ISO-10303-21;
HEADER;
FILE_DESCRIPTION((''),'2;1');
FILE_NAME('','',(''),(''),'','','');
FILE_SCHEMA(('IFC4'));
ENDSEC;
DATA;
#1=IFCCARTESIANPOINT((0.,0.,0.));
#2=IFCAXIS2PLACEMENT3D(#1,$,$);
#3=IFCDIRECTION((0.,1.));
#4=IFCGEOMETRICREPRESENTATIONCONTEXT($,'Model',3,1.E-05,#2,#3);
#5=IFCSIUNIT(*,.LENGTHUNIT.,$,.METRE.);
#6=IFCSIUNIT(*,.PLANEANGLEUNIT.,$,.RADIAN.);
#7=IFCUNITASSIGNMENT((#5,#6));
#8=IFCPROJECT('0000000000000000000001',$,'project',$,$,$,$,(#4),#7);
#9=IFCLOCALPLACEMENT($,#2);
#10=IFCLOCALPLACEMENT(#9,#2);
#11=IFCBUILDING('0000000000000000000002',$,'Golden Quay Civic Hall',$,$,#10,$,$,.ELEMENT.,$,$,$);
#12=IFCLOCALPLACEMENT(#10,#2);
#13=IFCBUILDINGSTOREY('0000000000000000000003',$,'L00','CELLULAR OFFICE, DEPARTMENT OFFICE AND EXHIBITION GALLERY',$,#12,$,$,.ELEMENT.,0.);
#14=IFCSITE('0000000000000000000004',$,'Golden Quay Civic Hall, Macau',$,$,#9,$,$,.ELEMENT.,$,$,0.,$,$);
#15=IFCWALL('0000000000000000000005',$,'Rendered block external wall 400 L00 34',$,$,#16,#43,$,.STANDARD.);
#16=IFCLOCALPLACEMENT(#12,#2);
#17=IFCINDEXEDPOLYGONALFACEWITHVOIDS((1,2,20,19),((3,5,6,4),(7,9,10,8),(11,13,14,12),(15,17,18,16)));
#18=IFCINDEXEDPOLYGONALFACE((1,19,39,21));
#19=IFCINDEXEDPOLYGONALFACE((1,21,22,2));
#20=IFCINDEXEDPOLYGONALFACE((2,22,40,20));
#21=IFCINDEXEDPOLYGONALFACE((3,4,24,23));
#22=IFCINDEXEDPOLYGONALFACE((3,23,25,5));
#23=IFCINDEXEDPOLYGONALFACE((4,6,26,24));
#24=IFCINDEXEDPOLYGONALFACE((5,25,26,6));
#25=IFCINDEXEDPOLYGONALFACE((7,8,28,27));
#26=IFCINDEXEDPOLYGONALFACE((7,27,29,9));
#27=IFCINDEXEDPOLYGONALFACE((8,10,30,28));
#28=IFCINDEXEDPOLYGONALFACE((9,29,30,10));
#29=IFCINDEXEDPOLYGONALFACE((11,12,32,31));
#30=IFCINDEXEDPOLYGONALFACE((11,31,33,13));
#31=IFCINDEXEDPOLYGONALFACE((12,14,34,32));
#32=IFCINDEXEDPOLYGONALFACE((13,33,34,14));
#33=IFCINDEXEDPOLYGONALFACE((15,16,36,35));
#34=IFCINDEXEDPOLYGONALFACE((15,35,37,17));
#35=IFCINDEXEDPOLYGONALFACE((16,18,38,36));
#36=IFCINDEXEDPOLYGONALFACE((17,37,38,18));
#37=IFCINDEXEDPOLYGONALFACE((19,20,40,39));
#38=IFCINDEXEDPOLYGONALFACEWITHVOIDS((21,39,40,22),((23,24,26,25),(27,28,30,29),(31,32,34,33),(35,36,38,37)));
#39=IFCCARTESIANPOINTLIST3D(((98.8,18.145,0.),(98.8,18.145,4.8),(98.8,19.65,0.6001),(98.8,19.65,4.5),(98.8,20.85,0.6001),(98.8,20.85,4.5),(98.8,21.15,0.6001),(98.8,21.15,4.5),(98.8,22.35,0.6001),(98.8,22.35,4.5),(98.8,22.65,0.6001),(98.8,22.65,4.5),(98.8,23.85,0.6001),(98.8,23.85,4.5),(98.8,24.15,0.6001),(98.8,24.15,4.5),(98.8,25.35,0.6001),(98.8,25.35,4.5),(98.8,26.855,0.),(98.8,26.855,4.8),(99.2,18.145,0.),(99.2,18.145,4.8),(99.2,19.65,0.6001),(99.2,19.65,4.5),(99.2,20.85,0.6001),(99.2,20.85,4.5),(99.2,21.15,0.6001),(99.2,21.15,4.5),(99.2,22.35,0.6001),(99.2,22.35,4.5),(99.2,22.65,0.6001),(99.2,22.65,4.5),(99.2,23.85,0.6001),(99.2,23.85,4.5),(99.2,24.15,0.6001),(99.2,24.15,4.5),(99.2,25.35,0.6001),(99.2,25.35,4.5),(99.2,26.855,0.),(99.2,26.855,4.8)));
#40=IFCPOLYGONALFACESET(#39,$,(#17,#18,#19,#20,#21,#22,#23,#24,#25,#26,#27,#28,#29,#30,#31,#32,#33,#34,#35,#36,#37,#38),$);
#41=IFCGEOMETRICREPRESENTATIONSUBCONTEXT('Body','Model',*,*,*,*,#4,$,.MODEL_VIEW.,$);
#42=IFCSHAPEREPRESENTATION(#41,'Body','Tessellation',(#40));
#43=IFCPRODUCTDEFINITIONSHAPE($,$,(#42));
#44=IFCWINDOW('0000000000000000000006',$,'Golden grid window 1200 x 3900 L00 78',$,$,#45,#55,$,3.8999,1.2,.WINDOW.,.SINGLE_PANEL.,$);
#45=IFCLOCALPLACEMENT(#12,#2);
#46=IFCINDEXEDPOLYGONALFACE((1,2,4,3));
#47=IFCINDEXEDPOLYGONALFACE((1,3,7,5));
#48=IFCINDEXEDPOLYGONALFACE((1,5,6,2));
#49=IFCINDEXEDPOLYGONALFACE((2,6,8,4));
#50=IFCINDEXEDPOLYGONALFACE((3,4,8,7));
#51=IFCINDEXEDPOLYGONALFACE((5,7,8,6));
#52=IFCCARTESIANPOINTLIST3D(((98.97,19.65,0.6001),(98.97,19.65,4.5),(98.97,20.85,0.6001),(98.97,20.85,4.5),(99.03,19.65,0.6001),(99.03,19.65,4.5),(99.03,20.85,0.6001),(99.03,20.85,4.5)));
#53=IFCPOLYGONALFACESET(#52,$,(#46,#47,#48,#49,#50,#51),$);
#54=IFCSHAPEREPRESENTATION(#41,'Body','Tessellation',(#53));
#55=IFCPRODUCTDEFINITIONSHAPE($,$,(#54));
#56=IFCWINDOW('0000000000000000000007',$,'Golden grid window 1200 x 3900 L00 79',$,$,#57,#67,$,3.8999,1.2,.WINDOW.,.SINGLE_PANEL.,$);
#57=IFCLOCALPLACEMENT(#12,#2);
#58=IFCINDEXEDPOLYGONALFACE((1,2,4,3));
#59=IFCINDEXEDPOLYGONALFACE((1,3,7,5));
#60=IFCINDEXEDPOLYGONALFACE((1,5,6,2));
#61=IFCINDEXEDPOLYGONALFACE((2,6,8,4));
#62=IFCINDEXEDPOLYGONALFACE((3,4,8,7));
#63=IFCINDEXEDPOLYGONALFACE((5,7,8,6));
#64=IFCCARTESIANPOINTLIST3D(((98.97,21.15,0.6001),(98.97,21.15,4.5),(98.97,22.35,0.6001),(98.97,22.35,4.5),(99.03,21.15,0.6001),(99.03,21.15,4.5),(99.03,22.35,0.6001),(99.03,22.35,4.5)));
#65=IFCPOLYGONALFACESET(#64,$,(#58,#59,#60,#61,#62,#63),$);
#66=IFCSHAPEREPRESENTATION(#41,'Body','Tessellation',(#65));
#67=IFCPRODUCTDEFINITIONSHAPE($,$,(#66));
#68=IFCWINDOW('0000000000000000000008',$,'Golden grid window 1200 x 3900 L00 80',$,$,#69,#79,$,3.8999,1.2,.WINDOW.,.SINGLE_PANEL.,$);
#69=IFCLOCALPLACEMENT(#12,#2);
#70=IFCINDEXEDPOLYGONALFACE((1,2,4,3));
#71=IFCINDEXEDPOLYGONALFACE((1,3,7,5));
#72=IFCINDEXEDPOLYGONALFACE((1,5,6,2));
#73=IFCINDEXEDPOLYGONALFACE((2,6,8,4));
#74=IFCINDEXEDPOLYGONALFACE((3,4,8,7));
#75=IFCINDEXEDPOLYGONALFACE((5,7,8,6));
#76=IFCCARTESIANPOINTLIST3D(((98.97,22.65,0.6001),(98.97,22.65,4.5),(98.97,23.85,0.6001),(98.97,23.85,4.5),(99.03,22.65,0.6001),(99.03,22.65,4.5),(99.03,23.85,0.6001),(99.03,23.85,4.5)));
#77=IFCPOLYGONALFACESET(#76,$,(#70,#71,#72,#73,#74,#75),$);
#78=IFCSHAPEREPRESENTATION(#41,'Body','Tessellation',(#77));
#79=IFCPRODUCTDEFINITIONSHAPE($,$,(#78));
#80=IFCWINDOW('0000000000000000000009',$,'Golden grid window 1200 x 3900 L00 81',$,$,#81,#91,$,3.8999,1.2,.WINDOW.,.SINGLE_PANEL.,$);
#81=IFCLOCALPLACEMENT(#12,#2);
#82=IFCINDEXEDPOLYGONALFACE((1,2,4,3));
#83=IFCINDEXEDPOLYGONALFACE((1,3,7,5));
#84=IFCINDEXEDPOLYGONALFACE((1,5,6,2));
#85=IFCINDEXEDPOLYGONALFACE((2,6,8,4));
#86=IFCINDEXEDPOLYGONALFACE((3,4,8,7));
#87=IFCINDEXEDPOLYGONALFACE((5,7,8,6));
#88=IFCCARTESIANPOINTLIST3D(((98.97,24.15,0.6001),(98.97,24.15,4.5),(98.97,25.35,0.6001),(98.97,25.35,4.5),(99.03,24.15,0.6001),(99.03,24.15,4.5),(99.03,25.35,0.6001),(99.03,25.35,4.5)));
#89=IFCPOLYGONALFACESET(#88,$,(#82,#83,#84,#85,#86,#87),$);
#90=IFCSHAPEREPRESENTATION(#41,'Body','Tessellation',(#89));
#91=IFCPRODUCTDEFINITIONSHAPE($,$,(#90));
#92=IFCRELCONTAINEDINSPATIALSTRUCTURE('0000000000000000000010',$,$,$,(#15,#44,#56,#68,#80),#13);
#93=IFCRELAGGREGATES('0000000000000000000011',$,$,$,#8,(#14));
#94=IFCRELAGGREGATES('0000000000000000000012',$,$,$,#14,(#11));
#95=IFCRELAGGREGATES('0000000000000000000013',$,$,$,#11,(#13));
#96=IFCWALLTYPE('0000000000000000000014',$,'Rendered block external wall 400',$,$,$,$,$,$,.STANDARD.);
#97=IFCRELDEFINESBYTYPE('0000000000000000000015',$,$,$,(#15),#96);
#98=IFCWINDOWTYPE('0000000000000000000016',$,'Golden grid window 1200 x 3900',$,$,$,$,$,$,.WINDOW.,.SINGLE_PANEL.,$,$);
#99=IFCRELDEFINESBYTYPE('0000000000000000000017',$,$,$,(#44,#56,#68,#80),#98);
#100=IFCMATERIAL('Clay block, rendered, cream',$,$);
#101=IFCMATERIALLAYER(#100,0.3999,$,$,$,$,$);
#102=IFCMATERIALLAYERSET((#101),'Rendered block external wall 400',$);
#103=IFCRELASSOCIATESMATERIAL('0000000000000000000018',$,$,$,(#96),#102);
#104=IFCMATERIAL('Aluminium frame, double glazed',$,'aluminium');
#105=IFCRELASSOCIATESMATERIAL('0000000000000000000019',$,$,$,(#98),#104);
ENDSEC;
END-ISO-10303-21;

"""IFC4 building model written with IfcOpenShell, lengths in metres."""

from ifc_helpers import new_model, si_unit, direction, frame, frame_2d, origin, place, context, subcontext, project, spatial, rectangle, extrude, material, layer, layer_set, type_object, element, fill, save


model = new_model("IFC4")

# Units and contexts
model_context = context("Model", 3, precision=1e-05, world=origin(), true_north=direction((0.0, 1.0)))
body_context = subcontext(model_context, "Body", "Model", "MODEL_VIEW")
ifc_project = project(units=[si_unit("LENGTHUNIT", "METRE"), si_unit("PLANEANGLEUNIT", "RADIAN")], contexts=[model_context])

# Site, building, storey
site_placement = place(None, origin())
site = spatial("IfcSite", under=ifc_project, at=site_placement, Name="Golden Quay Civic Hall, Macau", CompositionType="ELEMENT", RefElevation=0.0)
building_placement = place(site_placement, origin())
building = spatial("IfcBuilding", under=site, at=building_placement, Name="Golden Quay Civic Hall", CompositionType="ELEMENT")
storey_placement = place(building_placement, origin())
storey = spatial("IfcBuildingStorey", under=building, at=storey_placement, Name="L00", Description="CELLULAR OFFICE, DEPARTMENT OFFICE AND EXHIBITION GALLERY", CompositionType="ELEMENT", Elevation=0.0)

# Wall, openings, windows
ifc_material_1 = material(Name="Clay block, rendered, cream")
ifc_layer_1 = layer(ifc_material_1, 0.3999)
ifc_layer_set_1 = layer_set([ifc_layer_1], Name="Rendered block external wall 400")
wall_type_1 = type_object("IfcWallType", Name="Rendered block external wall 400", PredefinedType="STANDARD", material=ifc_layer_set_1)
ifc_material_2 = material(Name="Aluminium frame, double glazed", Category="aluminium")
window_type = type_object("IfcWindowType", Name="Golden grid window 1200 x 3900", PartitioningType="SINGLE_PANEL", PredefinedType="WINDOW", material=ifc_material_2)
wall_1_placement = place(storey_placement, frame((99.0, 18.145, 0.0), z_axis=(0.0, 0.0, 1.0), x_axis=(0.0, 1.0, 0.0)))
wall_1 = element("IfcWall", 1, at=wall_1_placement, inside=storey, type_object=wall_type_1, Name="Rendered block external wall 400 L00 34", PredefinedType="STANDARD", context=body_context, shape_type="SweptSolid", body=[
    extrude(rectangle(XDim=8.71, YDim=0.3999, at=frame_2d((4.355, 0.0))), origin(), (0.0, 0.0, 1.0), 4.8),
])
opening_1_placement = place(wall_1_placement, frame((1.5049, 0.0, 0.6001)))
opening_1 = element("IfcOpeningElement", 2, at=opening_1_placement, cuts=wall_1, PredefinedType="OPENING", context=body_context, shape_type="SweptSolid", body=[
    extrude(rectangle(XDim=1.2, YDim=3.8999, at=frame_2d((0.6001, 1.95))), frame((0.0, 0.21, 0.0), z_axis=(0.0, -1.0, 0.0), x_axis=(1.0, 0.0, 0.0)), (0.0, 0.0, 1.0), 0.4199),
])
opening_2_placement = place(wall_1_placement, frame((3.0049, 0.0, 0.6001)))
opening_2 = element("IfcOpeningElement", 3, at=opening_2_placement, cuts=wall_1, PredefinedType="OPENING", context=body_context, shape_type="SweptSolid", body=[
    extrude(rectangle(XDim=1.2, YDim=3.8999, at=frame_2d((0.6001, 1.95))), frame((0.0, 0.21, 0.0), z_axis=(0.0, -1.0, 0.0), x_axis=(1.0, 0.0, 0.0)), (0.0, 0.0, 1.0), 0.4199),
])
opening_3_placement = place(wall_1_placement, frame((4.5049, 0.0, 0.6001)))
opening_3 = element("IfcOpeningElement", 4, at=opening_3_placement, cuts=wall_1, PredefinedType="OPENING", context=body_context, shape_type="SweptSolid", body=[
    extrude(rectangle(XDim=1.2, YDim=3.8999, at=frame_2d((0.6001, 1.95))), frame((0.0, 0.21, 0.0), z_axis=(0.0, -1.0, 0.0), x_axis=(1.0, 0.0, 0.0)), (0.0, 0.0, 1.0), 0.4199),
])
opening_4_placement = place(wall_1_placement, frame((6.0049, 0.0, 0.6001)))
opening_4 = element("IfcOpeningElement", 5, at=opening_4_placement, cuts=wall_1, PredefinedType="OPENING", context=body_context, shape_type="SweptSolid", body=[
    extrude(rectangle(XDim=1.2, YDim=3.8999, at=frame_2d((0.6001, 1.95))), frame((0.0, 0.21, 0.0), z_axis=(0.0, -1.0, 0.0), x_axis=(1.0, 0.0, 0.0)), (0.0, 0.0, 1.0), 0.4199),
])
window_1_placement = place(opening_1_placement, origin())
window_1 = element("IfcWindow", 6, at=window_1_placement, inside=storey, type_object=window_type, Name="Golden grid window 1200 x 3900 L00 78", OverallHeight=3.8999, OverallWidth=1.2, PartitioningType="SINGLE_PANEL", PredefinedType="WINDOW", context=body_context, shape_type="SweptSolid", body=[
    extrude(rectangle(XDim=1.2, YDim=3.8999, at=frame_2d((0.6001, 1.95))), frame((0.0, 0.03, 0.0), z_axis=(0.0, -1.0, 0.0), x_axis=(1.0, 0.0, 0.0)), (0.0, 0.0, 1.0), 0.0601),
])
fill(opening_1, window_1)
window_2_placement = place(opening_2_placement, origin())
window_2 = element("IfcWindow", 7, at=window_2_placement, inside=storey, type_object=window_type, Name="Golden grid window 1200 x 3900 L00 79", OverallHeight=3.8999, OverallWidth=1.2, PartitioningType="SINGLE_PANEL", PredefinedType="WINDOW", context=body_context, shape_type="SweptSolid", body=[
    extrude(rectangle(XDim=1.2, YDim=3.8999, at=frame_2d((0.6001, 1.95))), frame((0.0, 0.03, 0.0), z_axis=(0.0, -1.0, 0.0), x_axis=(1.0, 0.0, 0.0)), (0.0, 0.0, 1.0), 0.0601),
])
fill(opening_2, window_2)
window_3_placement = place(opening_3_placement, origin())
window_3 = element("IfcWindow", 8, at=window_3_placement, inside=storey, type_object=window_type, Name="Golden grid window 1200 x 3900 L00 80", OverallHeight=3.8999, OverallWidth=1.2, PartitioningType="SINGLE_PANEL", PredefinedType="WINDOW", context=body_context, shape_type="SweptSolid", body=[
    extrude(rectangle(XDim=1.2, YDim=3.8999, at=frame_2d((0.6001, 1.95))), frame((0.0, 0.03, 0.0), z_axis=(0.0, -1.0, 0.0), x_axis=(1.0, 0.0, 0.0)), (0.0, 0.0, 1.0), 0.0601),
])
fill(opening_3, window_3)
window_4_placement = place(opening_4_placement, origin())
window_4 = element("IfcWindow", 9, at=window_4_placement, inside=storey, type_object=window_type, Name="Golden grid window 1200 x 3900 L00 81", OverallHeight=3.8999, OverallWidth=1.2, PartitioningType="SINGLE_PANEL", PredefinedType="WINDOW", context=body_context, shape_type="SweptSolid", body=[
    extrude(rectangle(XDim=1.2, YDim=3.8999, at=frame_2d((0.6001, 1.95))), frame((0.0, 0.03, 0.0), z_axis=(0.0, -1.0, 0.0), x_axis=(1.0, 0.0, 0.0)), (0.0, 0.0, 1.0), 0.0601),
])
fill(opening_4, window_4)

save(model, "model.ifc")
